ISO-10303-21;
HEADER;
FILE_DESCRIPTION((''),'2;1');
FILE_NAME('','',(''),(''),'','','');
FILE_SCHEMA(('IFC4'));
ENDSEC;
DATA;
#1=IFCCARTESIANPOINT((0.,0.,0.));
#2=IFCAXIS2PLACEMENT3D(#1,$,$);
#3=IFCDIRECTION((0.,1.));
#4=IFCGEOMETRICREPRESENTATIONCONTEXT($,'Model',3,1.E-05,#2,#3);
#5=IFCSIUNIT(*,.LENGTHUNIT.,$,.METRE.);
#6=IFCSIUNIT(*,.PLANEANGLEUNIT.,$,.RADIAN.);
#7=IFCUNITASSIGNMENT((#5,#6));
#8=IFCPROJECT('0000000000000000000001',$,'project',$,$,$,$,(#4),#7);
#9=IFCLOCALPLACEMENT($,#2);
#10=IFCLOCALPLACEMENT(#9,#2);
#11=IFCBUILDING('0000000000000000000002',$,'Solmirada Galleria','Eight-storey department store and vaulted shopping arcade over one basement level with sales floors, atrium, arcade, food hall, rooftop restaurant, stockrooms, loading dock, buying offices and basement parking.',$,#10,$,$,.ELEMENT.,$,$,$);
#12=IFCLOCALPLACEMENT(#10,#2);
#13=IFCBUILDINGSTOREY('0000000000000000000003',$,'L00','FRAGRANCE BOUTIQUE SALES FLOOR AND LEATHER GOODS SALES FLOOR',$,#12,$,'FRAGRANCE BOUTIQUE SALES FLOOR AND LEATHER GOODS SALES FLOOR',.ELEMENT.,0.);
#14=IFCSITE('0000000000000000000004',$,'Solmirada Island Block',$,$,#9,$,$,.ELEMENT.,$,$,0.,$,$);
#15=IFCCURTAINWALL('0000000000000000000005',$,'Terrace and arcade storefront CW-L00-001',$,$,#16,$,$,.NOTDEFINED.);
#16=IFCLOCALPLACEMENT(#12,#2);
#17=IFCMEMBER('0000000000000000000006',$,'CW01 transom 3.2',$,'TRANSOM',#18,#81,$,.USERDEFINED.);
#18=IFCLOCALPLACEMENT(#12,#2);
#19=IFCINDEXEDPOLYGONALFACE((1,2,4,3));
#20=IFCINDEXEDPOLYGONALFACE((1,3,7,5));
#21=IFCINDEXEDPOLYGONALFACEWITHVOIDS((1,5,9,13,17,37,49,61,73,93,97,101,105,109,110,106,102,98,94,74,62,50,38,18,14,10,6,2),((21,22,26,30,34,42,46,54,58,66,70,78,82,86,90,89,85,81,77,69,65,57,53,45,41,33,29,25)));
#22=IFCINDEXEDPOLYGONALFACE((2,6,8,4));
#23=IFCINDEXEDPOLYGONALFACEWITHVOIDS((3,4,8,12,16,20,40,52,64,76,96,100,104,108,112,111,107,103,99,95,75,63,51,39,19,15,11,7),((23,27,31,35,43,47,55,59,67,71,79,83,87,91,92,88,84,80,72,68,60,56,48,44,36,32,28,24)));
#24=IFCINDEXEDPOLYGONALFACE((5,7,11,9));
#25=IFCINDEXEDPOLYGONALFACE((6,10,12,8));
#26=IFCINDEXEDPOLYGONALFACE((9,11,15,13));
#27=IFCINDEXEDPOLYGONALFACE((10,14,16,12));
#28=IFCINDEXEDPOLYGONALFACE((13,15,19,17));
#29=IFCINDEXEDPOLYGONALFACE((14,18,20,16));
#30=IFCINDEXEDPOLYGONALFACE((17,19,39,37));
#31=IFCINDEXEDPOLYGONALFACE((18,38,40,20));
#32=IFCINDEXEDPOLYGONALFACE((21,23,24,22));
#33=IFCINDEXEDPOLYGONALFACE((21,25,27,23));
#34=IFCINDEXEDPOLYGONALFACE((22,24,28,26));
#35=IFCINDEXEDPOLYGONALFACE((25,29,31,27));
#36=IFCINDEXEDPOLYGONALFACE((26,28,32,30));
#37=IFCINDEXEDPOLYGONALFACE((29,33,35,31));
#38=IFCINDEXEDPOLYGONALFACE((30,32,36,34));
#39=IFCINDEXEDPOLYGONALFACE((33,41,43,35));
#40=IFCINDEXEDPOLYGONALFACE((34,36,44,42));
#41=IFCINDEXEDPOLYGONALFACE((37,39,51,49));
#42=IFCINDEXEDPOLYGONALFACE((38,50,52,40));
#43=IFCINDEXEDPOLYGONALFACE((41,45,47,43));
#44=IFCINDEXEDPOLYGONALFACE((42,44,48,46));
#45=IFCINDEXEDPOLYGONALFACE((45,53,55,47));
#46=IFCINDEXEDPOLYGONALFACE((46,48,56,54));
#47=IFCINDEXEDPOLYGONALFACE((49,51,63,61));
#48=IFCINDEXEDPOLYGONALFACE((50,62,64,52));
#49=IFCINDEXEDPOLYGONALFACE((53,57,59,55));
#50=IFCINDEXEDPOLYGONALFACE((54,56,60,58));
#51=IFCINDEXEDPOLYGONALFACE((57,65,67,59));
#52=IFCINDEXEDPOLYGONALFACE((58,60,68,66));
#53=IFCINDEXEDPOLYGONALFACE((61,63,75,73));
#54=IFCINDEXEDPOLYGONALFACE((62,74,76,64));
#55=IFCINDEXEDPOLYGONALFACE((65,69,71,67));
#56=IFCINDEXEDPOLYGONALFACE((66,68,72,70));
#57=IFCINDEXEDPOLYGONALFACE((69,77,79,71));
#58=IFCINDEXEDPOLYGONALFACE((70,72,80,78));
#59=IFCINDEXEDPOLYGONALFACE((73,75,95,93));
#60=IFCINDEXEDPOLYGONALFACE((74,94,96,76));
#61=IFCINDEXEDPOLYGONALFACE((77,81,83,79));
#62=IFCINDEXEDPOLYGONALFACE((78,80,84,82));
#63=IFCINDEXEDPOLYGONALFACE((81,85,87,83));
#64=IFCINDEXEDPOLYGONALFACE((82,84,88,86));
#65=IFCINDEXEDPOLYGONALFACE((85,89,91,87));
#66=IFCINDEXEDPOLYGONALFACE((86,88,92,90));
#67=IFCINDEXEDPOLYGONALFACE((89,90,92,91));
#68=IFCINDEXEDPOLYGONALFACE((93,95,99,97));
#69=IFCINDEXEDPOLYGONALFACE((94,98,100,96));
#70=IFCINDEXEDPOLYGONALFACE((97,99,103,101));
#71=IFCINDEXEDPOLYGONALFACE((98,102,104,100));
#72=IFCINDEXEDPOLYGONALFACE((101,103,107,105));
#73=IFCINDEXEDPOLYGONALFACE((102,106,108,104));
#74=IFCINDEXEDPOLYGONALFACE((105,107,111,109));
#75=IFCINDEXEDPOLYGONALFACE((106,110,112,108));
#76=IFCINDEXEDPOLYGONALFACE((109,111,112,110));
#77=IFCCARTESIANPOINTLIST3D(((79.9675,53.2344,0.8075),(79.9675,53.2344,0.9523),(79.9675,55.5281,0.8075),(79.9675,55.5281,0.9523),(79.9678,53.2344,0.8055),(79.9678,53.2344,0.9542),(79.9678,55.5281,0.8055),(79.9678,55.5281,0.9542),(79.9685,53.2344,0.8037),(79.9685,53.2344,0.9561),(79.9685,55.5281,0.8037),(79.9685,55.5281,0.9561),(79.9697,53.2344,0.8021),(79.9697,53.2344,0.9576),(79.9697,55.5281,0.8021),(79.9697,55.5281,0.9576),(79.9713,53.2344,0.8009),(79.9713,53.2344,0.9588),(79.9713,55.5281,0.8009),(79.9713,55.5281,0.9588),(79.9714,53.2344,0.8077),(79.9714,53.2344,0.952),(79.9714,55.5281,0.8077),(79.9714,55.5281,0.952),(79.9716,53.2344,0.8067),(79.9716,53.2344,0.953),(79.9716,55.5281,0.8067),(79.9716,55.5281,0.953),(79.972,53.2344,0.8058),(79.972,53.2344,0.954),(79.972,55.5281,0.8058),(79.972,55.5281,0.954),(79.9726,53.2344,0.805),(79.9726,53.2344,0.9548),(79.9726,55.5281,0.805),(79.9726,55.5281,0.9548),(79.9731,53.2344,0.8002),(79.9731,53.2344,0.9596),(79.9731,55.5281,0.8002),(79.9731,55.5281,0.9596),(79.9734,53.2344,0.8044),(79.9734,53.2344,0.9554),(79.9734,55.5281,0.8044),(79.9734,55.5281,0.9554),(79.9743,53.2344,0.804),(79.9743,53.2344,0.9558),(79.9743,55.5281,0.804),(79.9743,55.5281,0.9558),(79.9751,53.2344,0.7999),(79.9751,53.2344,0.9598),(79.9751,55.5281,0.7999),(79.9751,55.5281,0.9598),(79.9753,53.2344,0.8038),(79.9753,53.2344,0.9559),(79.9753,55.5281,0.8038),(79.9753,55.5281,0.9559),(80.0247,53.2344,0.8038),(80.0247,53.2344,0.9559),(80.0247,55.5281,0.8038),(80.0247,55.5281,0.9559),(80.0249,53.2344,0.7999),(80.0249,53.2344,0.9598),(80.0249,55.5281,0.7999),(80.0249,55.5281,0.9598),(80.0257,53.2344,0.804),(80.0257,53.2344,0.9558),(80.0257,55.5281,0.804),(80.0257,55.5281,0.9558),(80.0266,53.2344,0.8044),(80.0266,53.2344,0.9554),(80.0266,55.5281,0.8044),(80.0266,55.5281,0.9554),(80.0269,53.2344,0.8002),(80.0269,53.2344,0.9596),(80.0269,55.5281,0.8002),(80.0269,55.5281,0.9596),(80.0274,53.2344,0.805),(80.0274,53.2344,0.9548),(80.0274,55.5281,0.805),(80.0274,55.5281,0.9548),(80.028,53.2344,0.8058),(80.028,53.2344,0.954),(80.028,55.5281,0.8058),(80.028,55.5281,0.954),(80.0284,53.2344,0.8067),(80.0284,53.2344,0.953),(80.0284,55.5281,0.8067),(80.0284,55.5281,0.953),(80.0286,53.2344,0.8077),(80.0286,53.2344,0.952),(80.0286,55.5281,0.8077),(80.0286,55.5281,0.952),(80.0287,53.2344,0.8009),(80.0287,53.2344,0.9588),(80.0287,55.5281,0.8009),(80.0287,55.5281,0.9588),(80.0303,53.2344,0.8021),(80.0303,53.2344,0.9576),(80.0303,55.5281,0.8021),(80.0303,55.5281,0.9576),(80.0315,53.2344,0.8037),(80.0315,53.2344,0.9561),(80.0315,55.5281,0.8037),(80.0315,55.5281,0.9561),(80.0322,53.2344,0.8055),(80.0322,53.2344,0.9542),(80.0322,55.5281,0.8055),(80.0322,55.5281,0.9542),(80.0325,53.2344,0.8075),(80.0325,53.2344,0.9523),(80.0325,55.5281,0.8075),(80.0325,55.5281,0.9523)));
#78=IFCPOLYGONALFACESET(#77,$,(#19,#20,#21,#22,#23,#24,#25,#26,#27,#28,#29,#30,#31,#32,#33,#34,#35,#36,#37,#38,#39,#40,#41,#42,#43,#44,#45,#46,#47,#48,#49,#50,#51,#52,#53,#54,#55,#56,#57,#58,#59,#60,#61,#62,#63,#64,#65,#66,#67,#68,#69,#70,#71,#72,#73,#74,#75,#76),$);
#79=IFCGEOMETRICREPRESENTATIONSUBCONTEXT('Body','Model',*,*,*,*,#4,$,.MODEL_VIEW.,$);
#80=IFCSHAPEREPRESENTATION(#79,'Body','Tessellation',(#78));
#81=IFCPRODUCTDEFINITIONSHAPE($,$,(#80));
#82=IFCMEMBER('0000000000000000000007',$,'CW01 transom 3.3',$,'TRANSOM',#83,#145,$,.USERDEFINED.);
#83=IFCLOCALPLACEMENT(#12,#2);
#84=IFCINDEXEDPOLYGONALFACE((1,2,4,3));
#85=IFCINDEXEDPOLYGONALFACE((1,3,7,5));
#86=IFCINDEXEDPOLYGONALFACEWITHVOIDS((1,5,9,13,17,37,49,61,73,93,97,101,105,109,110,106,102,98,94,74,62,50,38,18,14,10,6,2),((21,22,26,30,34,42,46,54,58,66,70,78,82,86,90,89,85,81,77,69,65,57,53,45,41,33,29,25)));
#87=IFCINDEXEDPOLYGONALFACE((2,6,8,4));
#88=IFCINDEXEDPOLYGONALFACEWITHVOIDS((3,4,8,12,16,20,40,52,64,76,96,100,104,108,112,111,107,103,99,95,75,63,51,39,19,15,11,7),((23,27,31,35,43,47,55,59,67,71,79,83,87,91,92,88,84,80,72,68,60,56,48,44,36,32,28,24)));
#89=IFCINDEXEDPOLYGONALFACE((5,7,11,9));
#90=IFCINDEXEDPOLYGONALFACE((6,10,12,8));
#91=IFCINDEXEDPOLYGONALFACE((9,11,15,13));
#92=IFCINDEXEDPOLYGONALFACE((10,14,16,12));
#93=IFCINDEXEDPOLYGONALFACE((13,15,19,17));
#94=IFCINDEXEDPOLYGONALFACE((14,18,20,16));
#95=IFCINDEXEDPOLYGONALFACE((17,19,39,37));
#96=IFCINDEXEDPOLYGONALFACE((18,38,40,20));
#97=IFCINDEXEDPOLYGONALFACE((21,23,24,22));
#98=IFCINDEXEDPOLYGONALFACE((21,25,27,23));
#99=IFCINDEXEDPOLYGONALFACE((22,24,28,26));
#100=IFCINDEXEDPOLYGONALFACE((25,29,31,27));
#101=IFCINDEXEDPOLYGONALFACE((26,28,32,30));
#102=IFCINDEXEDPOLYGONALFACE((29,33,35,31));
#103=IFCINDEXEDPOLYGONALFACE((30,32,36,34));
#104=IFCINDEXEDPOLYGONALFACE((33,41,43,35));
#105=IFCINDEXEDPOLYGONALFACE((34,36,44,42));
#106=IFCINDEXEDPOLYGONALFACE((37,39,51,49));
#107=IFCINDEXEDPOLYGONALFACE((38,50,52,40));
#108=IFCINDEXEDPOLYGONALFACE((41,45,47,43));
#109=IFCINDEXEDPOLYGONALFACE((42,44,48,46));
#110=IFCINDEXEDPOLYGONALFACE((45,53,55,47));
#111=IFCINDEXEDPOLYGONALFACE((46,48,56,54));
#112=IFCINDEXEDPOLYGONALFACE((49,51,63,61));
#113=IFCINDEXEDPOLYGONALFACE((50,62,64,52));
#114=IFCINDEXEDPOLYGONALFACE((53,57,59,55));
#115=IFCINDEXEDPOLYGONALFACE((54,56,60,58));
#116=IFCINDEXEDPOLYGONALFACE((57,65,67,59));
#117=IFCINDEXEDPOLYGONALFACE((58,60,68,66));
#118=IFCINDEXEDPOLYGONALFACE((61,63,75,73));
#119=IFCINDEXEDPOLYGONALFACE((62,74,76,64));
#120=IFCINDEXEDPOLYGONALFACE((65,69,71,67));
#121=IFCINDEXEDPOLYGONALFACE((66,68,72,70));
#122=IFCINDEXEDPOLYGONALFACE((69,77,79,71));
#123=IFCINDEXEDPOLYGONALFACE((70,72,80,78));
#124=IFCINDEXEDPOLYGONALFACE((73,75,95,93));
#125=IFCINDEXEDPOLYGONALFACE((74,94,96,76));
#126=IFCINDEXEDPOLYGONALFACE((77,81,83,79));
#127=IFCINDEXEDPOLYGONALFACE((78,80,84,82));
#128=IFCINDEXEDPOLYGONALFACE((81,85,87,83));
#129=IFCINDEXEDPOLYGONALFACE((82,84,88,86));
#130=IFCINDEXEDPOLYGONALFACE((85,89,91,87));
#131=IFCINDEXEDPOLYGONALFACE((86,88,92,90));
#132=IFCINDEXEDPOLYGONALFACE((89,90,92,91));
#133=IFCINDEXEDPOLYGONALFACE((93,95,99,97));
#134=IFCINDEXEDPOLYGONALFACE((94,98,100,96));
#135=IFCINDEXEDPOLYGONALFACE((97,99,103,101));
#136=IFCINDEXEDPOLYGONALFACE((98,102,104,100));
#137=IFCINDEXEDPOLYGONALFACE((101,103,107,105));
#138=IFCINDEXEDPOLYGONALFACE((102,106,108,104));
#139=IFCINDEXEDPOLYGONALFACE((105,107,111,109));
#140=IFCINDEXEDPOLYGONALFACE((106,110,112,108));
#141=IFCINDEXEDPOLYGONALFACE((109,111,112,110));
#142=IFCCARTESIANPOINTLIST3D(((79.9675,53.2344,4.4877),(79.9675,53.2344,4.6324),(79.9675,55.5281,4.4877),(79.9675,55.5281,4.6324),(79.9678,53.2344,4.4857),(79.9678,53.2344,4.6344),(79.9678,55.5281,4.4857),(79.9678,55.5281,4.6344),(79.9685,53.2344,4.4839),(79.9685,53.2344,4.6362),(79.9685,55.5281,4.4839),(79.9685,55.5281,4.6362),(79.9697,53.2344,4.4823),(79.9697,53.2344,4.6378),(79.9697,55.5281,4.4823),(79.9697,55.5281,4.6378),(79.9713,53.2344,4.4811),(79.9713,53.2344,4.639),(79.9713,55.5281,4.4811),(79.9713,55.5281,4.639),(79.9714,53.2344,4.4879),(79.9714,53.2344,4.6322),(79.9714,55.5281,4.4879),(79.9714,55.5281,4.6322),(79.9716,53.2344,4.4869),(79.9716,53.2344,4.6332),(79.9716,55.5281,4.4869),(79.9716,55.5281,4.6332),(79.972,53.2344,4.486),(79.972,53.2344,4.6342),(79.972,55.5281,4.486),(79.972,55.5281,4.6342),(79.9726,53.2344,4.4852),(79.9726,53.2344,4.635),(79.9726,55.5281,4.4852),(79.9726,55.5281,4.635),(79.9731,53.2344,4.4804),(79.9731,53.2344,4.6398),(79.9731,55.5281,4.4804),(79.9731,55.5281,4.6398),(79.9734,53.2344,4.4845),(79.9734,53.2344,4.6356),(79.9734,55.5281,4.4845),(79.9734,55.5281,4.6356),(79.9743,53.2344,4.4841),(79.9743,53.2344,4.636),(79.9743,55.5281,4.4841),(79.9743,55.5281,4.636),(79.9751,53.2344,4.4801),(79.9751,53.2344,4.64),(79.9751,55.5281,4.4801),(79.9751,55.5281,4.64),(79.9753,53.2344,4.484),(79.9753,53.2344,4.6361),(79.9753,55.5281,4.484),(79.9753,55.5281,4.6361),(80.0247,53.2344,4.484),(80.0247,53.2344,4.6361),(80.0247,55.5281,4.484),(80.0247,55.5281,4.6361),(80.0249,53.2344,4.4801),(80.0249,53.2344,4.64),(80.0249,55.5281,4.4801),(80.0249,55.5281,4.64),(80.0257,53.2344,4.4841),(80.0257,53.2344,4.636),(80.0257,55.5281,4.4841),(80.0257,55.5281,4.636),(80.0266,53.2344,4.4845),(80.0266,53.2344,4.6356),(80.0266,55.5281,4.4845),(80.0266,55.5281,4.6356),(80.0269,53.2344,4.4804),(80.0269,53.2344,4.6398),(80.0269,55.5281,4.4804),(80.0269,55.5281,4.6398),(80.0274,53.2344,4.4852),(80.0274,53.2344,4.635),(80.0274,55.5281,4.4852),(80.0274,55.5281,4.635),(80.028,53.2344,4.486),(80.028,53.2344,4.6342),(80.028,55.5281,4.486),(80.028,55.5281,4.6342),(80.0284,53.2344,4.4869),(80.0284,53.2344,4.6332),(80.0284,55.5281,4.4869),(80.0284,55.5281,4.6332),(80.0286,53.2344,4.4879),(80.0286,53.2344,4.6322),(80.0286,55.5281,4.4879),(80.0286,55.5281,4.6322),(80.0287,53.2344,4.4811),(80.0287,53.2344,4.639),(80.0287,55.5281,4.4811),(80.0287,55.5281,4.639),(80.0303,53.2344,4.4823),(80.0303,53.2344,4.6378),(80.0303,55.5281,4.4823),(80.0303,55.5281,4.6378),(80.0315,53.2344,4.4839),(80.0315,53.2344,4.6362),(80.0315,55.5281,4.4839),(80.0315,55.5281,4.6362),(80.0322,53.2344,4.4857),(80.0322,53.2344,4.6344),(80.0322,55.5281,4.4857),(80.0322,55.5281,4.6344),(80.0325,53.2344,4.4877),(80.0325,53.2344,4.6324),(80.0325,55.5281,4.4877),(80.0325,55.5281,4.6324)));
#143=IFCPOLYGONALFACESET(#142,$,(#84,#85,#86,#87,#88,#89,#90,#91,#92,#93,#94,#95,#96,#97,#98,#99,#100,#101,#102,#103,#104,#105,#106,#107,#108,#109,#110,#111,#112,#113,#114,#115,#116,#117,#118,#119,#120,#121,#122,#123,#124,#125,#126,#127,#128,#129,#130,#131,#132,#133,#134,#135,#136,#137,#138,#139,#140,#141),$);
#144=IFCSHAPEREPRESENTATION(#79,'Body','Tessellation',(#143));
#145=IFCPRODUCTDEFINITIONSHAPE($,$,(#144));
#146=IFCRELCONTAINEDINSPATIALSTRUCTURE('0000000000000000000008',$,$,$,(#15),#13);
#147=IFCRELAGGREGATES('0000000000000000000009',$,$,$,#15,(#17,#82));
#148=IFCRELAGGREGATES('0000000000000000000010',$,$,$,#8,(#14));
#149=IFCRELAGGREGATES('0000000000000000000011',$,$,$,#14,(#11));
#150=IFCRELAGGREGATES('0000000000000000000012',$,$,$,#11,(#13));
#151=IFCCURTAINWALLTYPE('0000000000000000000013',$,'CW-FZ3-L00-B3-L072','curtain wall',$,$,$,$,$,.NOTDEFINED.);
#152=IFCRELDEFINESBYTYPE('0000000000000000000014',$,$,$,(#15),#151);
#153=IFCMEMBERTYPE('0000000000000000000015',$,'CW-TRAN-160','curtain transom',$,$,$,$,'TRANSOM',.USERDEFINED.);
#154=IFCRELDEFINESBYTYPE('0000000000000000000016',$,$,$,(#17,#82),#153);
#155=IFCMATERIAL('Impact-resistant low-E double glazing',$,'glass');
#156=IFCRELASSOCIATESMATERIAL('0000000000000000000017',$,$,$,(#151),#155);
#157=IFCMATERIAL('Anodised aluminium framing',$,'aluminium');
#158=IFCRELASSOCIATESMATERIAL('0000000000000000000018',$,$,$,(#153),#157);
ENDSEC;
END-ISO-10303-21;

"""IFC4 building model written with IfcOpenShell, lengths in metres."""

from ifc_helpers import new_model, si_unit, direction, frame, origin, origin_2d, place, context, subcontext, project, spatial, hollow_rectangle, extrude, material, material_profile, profile_set, type_object, element, aggregate, save


model = new_model("IFC4")

# Units and contexts
model_context = context("Model", 3, precision=1e-05, world=origin(), true_north=direction((0.0, 1.0)))
body_context = subcontext(model_context, "Body", "Model", "MODEL_VIEW")
ifc_project = project(units=[si_unit("LENGTHUNIT", "METRE"), si_unit("PLANEANGLEUNIT", "RADIAN")], contexts=[model_context])

# Site, building, storey
site_placement = place(None, origin())
site = spatial("IfcSite", under=ifc_project, at=site_placement, Name="Solmirada Island Block", CompositionType="ELEMENT", RefElevation=0.0)
building_placement = place(site_placement, origin())
building = spatial("IfcBuilding", under=site, at=building_placement, Name="Solmirada Galleria", Description="Eight-storey department store and vaulted shopping arcade over one basement level with sales floors, atrium, arcade, food hall, rooftop restaurant, stockrooms, loading dock, buying offices and basement parking.", CompositionType="ELEMENT")
storey_placement = place(building_placement, origin())
storey = spatial("IfcBuildingStorey", under=building, at=storey_placement, Name="L00", Description="FRAGRANCE BOUTIQUE SALES FLOOR AND LEATHER GOODS SALES FLOOR", LongName="FRAGRANCE BOUTIQUE SALES FLOOR AND LEATHER GOODS SALES FLOOR", CompositionType="ELEMENT", Elevation=0.0)

# Curtain wall
ifc_material_1 = material(Name="Impact-resistant low-E double glazing", Category="glass")
curtain_wall_type = type_object("IfcCurtainWallType", Name="CW-FZ3-L00-B3-L072", Description="curtain wall", PredefinedType="NOTDEFINED", material=ifc_material_1)
curtain_wall_1_placement = place(storey_placement, origin())
curtain_wall_1 = element("IfcCurtainWall", 1, at=curtain_wall_1_placement, inside=storey, type_object=curtain_wall_type, Name="Terrace and arcade storefront CW-L00-001", PredefinedType="NOTDEFINED")
ifc_material_2 = material(Name="Anodised aluminium framing", Category="aluminium")

# Members
ifc_material_profile_1 = material_profile(ifc_material_2, hollow_rectangle(XDim=0.0649, YDim=0.1599, WallThickness=0.0039, InnerFilletRadius=0.0039, OuterFilletRadius=0.0076, at=origin_2d()), Name="ALU-TRAN-160X65")
ifc_profile_set_1 = profile_set([ifc_material_profile_1], Name="Anodised aluminium framing")
member_type_1 = type_object("IfcMemberType", Name="CW-TRAN-160", Description="curtain transom", ElementType="TRANSOM", PredefinedType="USERDEFINED", material=ifc_profile_set_1)
member_1_placement = place(storey_placement, frame((80.0, 53.2344, 0.8799), z_axis=(0.0, 1.0, 0.0), x_axis=(-1.0, 0.0, 0.0)))
member_1 = element("IfcMember", 2, at=member_1_placement, type_object=member_type_1, Name="CW01 transom 3.2", ObjectType="TRANSOM", PredefinedType="USERDEFINED", context=body_context, shape_type="SweptSolid", body=[
    extrude(hollow_rectangle(XDim=0.0649, YDim=0.1599, WallThickness=0.0039, InnerFilletRadius=0.0039, OuterFilletRadius=0.0076, at=origin_2d()), origin(), (0.0, 0.0, 1.0), 2.2937),
])
member_2_placement = place(storey_placement, frame((80.0, 53.2344, 4.5601), z_axis=(0.0, 1.0, 0.0), x_axis=(-1.0, 0.0, 0.0)))
member_2 = element("IfcMember", 3, at=member_2_placement, type_object=member_type_1, Name="CW01 transom 3.3", ObjectType="TRANSOM", PredefinedType="USERDEFINED", context=body_context, shape_type="SweptSolid", body=[
    extrude(hollow_rectangle(XDim=0.0649, YDim=0.1599, WallThickness=0.0039, InnerFilletRadius=0.0039, OuterFilletRadius=0.0076, at=origin_2d()), origin(), (0.0, 0.0, 1.0), 2.2937),
])

aggregate(curtain_wall_1, [member_1, member_2])

save(model, "model.ifc")
